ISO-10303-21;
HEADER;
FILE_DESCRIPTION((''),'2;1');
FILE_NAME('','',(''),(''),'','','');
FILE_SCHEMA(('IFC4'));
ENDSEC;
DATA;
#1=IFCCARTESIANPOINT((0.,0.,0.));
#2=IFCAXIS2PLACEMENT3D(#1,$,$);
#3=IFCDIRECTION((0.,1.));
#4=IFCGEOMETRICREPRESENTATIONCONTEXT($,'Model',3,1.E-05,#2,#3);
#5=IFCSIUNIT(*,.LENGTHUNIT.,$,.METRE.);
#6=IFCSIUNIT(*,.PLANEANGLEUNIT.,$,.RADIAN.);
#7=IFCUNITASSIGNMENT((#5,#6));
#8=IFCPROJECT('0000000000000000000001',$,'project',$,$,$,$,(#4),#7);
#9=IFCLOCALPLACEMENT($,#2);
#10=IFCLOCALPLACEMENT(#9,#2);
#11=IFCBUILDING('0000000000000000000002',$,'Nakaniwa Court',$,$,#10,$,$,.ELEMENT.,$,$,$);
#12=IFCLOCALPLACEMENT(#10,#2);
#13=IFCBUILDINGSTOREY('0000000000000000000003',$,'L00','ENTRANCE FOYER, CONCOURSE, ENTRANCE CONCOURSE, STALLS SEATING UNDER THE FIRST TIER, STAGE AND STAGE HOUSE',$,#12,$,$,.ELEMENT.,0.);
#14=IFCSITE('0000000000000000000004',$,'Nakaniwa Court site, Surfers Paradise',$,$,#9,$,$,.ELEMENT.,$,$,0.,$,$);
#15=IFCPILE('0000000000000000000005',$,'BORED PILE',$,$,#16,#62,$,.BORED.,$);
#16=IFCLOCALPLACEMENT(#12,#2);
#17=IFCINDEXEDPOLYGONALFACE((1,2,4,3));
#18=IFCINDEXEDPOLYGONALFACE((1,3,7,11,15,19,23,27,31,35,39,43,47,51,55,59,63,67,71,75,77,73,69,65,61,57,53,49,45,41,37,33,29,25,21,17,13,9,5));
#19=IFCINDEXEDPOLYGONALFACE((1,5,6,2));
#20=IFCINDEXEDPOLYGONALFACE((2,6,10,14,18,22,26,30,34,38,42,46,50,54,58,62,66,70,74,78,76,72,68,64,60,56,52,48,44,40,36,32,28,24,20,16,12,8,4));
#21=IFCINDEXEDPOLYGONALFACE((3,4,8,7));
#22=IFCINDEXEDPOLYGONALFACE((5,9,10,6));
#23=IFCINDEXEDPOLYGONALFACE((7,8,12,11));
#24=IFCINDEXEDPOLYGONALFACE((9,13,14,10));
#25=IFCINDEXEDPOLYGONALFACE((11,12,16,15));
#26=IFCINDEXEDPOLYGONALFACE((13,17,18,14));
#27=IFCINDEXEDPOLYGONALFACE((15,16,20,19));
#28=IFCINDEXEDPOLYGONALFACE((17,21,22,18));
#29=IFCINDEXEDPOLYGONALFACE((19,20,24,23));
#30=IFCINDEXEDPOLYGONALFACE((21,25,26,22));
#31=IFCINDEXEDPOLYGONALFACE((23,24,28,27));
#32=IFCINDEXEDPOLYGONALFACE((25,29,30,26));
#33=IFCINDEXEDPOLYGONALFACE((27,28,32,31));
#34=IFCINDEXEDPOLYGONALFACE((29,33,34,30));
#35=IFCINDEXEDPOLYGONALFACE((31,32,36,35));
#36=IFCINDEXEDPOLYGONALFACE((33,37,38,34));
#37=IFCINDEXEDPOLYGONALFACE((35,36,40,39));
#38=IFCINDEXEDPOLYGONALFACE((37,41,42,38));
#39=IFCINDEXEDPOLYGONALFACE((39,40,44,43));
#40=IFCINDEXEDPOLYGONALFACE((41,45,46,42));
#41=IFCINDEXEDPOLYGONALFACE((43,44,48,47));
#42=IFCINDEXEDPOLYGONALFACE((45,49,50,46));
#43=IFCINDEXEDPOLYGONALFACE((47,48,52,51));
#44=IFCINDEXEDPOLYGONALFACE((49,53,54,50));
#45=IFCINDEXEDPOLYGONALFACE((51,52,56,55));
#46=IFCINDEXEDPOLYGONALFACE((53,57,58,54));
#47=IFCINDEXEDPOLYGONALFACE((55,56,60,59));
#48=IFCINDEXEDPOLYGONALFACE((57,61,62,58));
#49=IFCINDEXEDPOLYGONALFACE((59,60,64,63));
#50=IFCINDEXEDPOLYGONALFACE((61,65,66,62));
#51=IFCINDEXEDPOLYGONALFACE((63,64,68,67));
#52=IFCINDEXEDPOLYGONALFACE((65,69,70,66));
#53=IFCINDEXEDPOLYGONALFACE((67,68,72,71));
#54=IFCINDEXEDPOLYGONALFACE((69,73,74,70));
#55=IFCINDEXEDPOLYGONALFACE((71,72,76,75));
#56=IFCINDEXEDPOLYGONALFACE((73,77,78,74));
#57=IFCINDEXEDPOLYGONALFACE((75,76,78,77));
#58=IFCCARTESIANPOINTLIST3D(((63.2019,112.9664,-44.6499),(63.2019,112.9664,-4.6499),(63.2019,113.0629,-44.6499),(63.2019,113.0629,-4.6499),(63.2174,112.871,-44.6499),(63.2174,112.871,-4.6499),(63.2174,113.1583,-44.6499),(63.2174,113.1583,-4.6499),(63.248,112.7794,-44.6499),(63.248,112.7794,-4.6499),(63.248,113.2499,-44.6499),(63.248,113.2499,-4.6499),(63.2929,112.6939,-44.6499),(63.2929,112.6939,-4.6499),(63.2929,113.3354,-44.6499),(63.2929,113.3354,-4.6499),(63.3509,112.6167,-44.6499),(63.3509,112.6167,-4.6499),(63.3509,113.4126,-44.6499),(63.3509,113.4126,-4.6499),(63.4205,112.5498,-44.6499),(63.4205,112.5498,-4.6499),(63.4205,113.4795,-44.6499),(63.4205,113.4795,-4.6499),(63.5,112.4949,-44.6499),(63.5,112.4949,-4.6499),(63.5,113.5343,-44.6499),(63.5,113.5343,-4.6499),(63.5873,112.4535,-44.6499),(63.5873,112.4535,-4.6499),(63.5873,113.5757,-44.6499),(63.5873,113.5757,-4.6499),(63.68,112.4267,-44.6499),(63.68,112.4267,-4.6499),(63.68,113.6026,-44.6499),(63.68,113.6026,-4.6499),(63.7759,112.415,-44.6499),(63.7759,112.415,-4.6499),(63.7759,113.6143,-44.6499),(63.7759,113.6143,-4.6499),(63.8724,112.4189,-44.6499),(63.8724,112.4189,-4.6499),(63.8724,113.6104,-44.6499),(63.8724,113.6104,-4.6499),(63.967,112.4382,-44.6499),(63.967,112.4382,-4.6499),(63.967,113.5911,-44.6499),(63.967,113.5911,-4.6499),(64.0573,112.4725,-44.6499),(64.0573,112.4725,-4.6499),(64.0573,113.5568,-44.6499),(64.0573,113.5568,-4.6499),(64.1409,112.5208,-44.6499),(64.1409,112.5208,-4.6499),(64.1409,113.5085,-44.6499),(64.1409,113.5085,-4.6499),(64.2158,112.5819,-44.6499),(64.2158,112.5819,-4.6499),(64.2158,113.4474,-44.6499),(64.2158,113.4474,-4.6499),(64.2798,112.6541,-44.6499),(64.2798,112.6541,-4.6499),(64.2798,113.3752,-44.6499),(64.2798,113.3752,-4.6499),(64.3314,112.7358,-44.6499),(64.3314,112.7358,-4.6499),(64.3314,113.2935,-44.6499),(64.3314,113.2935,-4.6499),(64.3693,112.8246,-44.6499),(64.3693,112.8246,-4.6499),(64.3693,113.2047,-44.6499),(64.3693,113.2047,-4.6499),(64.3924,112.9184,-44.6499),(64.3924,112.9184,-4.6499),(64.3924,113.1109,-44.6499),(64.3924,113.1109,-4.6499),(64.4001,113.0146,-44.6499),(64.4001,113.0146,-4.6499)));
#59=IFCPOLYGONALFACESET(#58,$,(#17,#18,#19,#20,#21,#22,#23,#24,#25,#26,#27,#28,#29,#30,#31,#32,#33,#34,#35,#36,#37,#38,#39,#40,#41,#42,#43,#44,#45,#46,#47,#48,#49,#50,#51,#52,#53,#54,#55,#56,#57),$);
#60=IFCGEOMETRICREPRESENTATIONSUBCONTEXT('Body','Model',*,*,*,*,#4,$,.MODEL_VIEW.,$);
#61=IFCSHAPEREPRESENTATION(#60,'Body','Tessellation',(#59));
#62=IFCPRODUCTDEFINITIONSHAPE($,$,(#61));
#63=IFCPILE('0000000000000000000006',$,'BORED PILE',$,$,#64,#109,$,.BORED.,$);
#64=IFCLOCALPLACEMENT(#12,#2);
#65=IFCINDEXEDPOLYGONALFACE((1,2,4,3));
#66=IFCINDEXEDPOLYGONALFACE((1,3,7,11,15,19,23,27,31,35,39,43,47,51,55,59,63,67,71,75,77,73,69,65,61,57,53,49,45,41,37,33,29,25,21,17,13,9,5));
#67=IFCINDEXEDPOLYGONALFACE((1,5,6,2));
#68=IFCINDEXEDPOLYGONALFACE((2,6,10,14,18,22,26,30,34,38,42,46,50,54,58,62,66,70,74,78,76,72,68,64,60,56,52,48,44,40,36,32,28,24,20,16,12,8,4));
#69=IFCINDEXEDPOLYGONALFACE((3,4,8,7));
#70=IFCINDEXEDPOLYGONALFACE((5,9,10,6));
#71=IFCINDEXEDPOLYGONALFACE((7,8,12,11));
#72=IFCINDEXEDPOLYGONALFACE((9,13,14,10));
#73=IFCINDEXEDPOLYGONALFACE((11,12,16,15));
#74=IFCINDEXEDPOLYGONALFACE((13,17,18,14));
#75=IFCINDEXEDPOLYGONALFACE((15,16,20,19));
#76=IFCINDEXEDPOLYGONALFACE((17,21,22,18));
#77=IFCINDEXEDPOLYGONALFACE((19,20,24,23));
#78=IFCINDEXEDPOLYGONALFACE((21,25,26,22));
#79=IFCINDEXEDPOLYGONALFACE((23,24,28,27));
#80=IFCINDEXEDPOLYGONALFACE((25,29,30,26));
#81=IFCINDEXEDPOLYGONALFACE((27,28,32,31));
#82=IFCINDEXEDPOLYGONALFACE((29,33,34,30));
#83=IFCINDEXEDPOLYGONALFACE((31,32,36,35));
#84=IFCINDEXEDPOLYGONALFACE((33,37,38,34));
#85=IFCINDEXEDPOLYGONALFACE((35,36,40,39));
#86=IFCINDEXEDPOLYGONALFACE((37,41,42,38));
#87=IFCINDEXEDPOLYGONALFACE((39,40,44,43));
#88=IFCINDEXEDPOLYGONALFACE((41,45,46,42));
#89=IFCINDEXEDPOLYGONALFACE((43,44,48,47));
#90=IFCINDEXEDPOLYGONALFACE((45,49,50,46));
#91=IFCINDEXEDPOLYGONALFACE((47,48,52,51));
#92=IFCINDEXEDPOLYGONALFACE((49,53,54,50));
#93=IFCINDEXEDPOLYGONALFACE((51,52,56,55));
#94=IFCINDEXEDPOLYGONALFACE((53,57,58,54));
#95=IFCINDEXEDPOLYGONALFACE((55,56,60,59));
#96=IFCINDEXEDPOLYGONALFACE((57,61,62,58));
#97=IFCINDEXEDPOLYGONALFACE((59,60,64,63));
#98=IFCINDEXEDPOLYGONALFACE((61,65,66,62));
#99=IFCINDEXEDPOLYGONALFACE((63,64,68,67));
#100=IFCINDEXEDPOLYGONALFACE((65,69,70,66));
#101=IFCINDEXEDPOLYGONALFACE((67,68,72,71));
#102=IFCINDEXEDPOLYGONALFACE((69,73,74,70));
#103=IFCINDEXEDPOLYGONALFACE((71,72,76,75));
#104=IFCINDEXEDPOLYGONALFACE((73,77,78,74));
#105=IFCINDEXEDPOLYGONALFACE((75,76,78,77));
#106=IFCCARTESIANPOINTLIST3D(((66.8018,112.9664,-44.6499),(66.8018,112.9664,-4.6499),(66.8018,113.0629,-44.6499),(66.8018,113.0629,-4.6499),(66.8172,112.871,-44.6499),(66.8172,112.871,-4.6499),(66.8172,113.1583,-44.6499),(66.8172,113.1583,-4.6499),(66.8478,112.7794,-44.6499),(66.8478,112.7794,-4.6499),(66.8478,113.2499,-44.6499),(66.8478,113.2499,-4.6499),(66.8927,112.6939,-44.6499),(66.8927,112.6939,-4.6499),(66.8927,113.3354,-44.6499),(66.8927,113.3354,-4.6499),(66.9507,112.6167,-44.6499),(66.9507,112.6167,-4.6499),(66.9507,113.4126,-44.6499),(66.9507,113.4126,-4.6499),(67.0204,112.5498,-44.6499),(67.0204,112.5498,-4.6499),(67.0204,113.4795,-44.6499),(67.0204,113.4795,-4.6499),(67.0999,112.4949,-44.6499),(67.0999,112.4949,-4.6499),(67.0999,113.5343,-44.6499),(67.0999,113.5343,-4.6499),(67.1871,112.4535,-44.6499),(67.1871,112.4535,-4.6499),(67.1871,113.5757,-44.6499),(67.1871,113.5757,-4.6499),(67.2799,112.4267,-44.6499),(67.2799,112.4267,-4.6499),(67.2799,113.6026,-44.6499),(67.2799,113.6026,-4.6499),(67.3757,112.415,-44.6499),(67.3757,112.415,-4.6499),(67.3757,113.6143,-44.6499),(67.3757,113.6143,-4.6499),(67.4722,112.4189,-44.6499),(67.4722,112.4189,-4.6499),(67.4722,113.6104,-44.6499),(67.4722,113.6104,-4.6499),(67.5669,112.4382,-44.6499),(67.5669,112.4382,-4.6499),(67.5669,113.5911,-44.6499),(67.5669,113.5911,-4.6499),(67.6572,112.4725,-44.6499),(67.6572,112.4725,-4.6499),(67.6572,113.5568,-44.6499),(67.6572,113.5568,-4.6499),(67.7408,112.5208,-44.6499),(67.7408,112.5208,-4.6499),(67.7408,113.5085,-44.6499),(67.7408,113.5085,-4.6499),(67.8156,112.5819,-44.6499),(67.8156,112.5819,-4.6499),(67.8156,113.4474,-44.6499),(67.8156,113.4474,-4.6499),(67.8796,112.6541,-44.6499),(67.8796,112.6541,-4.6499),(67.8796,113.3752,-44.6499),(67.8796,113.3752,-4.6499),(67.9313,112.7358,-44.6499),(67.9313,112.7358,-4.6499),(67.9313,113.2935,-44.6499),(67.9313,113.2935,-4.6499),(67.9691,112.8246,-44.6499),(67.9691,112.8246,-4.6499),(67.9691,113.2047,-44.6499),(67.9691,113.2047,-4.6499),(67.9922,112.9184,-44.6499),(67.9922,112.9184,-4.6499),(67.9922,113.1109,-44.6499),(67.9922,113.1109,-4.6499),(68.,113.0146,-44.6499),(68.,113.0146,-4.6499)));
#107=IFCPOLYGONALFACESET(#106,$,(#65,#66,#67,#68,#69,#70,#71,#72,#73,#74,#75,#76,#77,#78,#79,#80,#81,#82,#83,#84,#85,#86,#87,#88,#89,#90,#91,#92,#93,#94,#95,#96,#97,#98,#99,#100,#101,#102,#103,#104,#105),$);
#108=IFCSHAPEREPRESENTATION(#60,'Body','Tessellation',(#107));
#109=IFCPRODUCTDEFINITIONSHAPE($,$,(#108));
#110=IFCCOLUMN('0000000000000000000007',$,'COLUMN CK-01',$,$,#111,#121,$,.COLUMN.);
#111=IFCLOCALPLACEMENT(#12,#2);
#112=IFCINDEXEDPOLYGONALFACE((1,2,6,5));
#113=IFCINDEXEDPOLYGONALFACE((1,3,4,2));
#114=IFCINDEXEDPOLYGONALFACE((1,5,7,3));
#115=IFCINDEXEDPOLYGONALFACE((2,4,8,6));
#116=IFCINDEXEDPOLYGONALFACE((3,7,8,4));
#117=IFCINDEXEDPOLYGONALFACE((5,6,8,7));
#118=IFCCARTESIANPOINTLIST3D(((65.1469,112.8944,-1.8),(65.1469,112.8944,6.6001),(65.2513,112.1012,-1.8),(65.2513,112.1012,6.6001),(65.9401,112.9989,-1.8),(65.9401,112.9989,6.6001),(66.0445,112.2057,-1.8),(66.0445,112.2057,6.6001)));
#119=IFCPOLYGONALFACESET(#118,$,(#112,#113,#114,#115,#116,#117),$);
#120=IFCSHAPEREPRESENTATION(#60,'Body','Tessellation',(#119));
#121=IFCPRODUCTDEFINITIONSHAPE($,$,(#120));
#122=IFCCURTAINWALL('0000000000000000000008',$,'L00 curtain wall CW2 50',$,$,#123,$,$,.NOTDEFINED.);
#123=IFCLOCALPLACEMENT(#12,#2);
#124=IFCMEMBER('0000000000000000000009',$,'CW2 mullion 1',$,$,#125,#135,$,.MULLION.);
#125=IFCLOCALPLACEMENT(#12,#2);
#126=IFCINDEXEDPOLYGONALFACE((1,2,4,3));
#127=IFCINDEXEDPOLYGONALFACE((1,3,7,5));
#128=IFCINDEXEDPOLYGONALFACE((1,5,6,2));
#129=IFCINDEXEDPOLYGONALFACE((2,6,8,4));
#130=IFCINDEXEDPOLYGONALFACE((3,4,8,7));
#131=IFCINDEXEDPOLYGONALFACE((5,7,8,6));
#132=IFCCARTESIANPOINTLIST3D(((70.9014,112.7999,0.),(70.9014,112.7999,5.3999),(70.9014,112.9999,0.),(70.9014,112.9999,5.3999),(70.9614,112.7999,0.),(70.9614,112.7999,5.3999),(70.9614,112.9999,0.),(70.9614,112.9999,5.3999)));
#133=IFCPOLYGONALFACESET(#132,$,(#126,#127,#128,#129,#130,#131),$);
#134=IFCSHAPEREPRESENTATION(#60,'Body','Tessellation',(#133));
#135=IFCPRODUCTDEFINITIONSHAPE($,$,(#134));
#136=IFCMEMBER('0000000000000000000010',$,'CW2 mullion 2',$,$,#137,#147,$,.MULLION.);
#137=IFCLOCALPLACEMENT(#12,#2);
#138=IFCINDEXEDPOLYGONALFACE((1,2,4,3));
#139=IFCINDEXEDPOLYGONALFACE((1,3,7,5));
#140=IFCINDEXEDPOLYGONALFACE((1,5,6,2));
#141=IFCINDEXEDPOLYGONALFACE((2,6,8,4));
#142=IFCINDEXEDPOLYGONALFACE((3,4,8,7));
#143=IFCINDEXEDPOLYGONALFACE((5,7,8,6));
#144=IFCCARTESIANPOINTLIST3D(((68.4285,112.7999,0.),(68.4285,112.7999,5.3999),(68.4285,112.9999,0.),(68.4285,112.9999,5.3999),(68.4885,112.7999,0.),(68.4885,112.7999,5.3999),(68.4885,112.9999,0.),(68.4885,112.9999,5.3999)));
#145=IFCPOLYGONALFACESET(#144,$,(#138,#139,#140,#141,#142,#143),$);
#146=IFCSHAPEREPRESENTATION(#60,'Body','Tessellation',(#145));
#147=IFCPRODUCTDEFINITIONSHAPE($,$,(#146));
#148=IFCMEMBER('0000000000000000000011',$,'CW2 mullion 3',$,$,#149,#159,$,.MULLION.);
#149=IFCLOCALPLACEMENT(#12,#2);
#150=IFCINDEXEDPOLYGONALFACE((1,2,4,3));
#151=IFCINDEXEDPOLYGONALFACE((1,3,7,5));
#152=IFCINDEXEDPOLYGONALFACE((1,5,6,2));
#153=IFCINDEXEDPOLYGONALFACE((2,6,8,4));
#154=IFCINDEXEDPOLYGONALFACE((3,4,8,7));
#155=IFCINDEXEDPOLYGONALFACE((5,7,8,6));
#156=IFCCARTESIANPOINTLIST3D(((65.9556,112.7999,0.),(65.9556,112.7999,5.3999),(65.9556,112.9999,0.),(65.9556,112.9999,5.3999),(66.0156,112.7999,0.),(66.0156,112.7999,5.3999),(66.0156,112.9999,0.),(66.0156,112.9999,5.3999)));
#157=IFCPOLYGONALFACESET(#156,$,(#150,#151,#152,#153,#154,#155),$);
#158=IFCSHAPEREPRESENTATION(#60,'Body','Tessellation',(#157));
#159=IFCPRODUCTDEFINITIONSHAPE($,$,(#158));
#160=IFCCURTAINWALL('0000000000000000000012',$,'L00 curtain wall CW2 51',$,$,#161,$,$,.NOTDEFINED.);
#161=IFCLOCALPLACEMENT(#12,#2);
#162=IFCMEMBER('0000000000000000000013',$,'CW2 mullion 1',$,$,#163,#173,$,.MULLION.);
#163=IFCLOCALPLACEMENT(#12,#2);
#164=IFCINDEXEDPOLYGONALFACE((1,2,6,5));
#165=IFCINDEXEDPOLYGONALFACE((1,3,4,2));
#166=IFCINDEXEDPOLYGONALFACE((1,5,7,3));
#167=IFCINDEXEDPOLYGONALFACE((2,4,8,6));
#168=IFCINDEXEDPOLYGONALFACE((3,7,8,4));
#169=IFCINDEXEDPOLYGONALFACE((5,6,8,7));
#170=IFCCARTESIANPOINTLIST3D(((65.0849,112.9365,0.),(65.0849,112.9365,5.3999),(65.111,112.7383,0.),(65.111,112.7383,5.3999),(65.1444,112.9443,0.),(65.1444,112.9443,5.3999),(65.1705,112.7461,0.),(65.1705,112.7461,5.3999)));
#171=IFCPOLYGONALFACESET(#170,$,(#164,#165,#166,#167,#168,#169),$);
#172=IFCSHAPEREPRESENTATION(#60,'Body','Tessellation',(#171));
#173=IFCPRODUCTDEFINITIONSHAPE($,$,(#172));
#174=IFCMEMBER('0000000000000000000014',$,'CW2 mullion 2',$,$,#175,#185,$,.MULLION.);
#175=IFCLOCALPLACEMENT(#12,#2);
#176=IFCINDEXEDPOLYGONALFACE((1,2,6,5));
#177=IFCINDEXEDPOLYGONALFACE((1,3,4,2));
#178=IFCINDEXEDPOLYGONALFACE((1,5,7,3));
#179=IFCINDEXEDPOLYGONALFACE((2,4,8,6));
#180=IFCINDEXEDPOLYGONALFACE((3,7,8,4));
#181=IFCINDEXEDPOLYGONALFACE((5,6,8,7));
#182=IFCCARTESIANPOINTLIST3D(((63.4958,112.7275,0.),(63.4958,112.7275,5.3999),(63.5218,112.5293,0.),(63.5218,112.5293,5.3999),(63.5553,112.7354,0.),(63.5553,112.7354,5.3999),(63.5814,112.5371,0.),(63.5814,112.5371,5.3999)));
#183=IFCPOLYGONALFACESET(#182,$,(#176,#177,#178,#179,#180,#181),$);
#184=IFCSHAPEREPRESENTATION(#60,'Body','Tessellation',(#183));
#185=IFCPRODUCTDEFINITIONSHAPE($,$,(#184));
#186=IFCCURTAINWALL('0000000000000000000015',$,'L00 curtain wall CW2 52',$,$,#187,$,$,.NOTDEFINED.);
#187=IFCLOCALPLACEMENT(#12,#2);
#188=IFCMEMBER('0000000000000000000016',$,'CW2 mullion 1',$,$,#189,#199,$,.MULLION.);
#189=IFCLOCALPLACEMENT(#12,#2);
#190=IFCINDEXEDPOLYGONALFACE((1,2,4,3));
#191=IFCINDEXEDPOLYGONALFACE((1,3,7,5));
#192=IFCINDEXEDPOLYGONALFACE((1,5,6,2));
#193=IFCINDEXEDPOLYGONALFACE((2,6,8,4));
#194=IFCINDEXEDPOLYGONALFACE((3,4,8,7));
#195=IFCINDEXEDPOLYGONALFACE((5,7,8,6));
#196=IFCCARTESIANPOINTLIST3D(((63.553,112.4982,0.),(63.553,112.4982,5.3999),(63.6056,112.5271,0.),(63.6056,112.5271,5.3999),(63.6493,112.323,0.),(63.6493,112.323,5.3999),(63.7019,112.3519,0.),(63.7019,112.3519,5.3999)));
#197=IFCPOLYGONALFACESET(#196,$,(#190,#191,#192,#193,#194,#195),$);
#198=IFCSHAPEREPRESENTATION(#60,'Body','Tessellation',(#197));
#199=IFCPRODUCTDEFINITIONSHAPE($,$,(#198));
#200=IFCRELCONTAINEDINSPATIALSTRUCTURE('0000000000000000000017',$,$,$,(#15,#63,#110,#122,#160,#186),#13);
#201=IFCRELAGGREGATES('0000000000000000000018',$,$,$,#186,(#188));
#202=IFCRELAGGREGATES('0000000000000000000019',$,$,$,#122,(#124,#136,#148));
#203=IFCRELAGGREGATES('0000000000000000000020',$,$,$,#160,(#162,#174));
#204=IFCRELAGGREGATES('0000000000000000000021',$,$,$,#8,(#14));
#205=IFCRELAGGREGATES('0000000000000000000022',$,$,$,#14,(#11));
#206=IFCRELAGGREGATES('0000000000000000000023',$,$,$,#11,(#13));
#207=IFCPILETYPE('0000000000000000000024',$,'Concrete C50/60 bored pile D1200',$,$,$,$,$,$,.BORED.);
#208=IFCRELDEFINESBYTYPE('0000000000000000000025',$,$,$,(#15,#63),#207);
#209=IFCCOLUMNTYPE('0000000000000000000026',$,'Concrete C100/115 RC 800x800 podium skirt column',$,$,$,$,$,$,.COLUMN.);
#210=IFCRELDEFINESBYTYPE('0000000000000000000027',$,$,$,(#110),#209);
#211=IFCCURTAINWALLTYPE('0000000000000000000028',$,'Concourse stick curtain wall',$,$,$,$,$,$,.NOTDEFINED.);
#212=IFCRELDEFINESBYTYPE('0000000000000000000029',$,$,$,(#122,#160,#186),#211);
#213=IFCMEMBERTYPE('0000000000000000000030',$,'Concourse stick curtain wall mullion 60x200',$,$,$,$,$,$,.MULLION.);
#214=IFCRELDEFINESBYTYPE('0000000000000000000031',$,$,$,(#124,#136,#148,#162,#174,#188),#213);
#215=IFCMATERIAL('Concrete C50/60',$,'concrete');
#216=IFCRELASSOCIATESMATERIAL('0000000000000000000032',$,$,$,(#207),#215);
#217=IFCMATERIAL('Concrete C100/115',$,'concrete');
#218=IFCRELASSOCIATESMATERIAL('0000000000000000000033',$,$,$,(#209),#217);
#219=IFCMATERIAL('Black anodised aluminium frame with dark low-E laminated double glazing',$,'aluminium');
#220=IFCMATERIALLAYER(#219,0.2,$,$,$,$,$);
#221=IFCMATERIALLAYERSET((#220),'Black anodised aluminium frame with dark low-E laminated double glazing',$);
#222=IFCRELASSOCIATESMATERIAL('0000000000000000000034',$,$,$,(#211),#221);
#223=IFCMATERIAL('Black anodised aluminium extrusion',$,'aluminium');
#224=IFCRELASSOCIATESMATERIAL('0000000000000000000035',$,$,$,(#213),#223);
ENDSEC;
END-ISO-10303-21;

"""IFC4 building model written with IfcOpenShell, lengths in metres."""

from ifc_helpers import new_model, si_unit, direction, frame, origin, origin_2d, place, context, subcontext, project, spatial, rectangle, circle, extrude, material, layer, layer_set, material_profile, profile_set, type_object, element, aggregate, save


model = new_model("IFC4")

# Units and contexts
model_context = context("Model", 3, precision=1e-05, world=origin(), true_north=direction((0.0, 1.0)))
body_context = subcontext(model_context, "Body", "Model", "MODEL_VIEW")
ifc_project = project(units=[si_unit("LENGTHUNIT", "METRE"), si_unit("PLANEANGLEUNIT", "RADIAN")], contexts=[model_context])

# Site, building, storey
site_placement = place(None, origin())
site = spatial("IfcSite", under=ifc_project, at=site_placement, Name="Nakaniwa Court site, Surfers Paradise", CompositionType="ELEMENT", RefElevation=0.0)
building_placement = place(site_placement, origin())
building = spatial("IfcBuilding", under=site, at=building_placement, Name="Nakaniwa Court", CompositionType="ELEMENT")
storey_placement = place(building_placement, origin())
storey = spatial("IfcBuildingStorey", under=building, at=storey_placement, Name="L00", Description="ENTRANCE FOYER, CONCOURSE, ENTRANCE CONCOURSE, STALLS SEATING UNDER THE FIRST TIER, STAGE AND STAGE HOUSE", CompositionType="ELEMENT", Elevation=0.0)

# Piles
ifc_material_1 = material(Name="Concrete C50/60", Category="concrete")
ifc_material_profile_1 = material_profile(ifc_material_1, circle(Radius=0.6001, at=origin_2d()), Name="Concrete C50/60 bored pile D1200")
ifc_profile_set_1 = profile_set([ifc_material_profile_1], Name="Concrete C50/60")
pile_type = type_object("IfcPileType", Name="Concrete C50/60 bored pile D1200", PredefinedType="BORED", material=ifc_profile_set_1)
for number, where, z_axis, x_axis, name in (
    (1, (63.8, 113.0146, -4.6499), (0.0, 0.0, -1.0), (1.0, 0.0, 0.0), "BORED PILE"),
    (2, (67.3999, 113.0146, -4.6499), (0.0, 0.0, -1.0), (1.0, 0.0, 0.0), "BORED PILE"),
):
    element("IfcPile", number, at=place(storey_placement, frame(where, z_axis=z_axis, x_axis=x_axis)), inside=storey, type_object=pile_type, Name=name, PredefinedType="BORED", context=body_context, shape_type="SweptSolid", body=[
        extrude(circle(Radius=0.6001, at=origin_2d()), origin(), (0.0, 0.0, 1.0), 40.0),
    ])

# Column
ifc_material_2 = material(Name="Concrete C100/115", Category="concrete")
ifc_material_profile_2 = material_profile(ifc_material_2, rectangle(XDim=0.8, YDim=0.8, at=origin_2d()), Name="Concrete C100/115 RC 800x800 podium skirt column")
ifc_profile_set_2 = profile_set([ifc_material_profile_2], Name="Concrete C100/115")
column_type = type_object("IfcColumnType", Name="Concrete C100/115 RC 800x800 podium skirt column", PredefinedType="COLUMN", material=ifc_profile_set_2)
column_placement = place(storey_placement, frame((65.5957, 112.55, -1.8), z_axis=(0.0, 0.0, 1.0), x_axis=(-0.991445, -0.130526, 0.0)))
element("IfcColumn", 3, at=column_placement, inside=storey, type_object=column_type, Name="COLUMN CK-01", PredefinedType="COLUMN", context=body_context, shape_type="SweptSolid", body=[
    extrude(rectangle(XDim=0.8, YDim=0.8, at=origin_2d()), origin(), (0.0, 0.0, 1.0), 8.4001),
])

# Curtain walls, members
ifc_material_3 = material(Name="Black anodised aluminium frame with dark low-E laminated double glazing", Category="aluminium")
ifc_layer_1 = layer(ifc_material_3, 0.2)
ifc_layer_set_1 = layer_set([ifc_layer_1], Name="Black anodised aluminium frame with dark low-E laminated double glazing")
curtain_wall_type = type_object("IfcCurtainWallType", Name="Concourse stick curtain wall", PredefinedType="NOTDEFINED", material=ifc_layer_set_1)
curtain_wall_1_placement = place(storey_placement, origin())
curtain_wall_1 = element("IfcCurtainWall", 4, at=curtain_wall_1_placement, inside=storey, type_object=curtain_wall_type, Name="L00 curtain wall CW2 50", PredefinedType="NOTDEFINED")
ifc_material_4 = material(Name="Black anodised aluminium extrusion", Category="aluminium")
ifc_material_profile_3 = material_profile(ifc_material_4, rectangle(XDim=0.2, YDim=0.0601, at=origin_2d()), Name="Concourse stick curtain wall mullion 60x200")
ifc_profile_set_3 = profile_set([ifc_material_profile_3], Name="Black anodised aluminium extrusion")
member_type_1 = type_object("IfcMemberType", Name="Concourse stick curtain wall mullion 60x200", PredefinedType="MULLION", material=ifc_profile_set_3)
member_1_placement = place(storey_placement, frame((70.9314, 112.8999, 0.0), z_axis=(0.0, 0.0, 1.0), x_axis=(0.0, -1.0, 0.0)))
member_1 = element("IfcMember", 5, at=member_1_placement, type_object=member_type_1, Name="CW2 mullion 1", PredefinedType="MULLION", context=body_context, shape_type="SweptSolid", body=[
    extrude(rectangle(XDim=0.2, YDim=0.0601, at=origin_2d()), origin(), (0.0, 0.0, 1.0), 5.3999),
])
member_2_placement = place(storey_placement, frame((68.4585, 112.8999, 0.0), z_axis=(0.0, 0.0, 1.0), x_axis=(0.0, -1.0, 0.0)))
member_2 = element("IfcMember", 6, at=member_2_placement, type_object=member_type_1, Name="CW2 mullion 2", PredefinedType="MULLION", context=body_context, shape_type="SweptSolid", body=[
    extrude(rectangle(XDim=0.2, YDim=0.0601, at=origin_2d()), origin(), (0.0, 0.0, 1.0), 5.3999),
])
member_3_placement = place(storey_placement, frame((65.9856, 112.8999, 0.0), z_axis=(0.0, 0.0, 1.0), x_axis=(0.0, -1.0, 0.0)))
member_3 = element("IfcMember", 7, at=member_3_placement, type_object=member_type_1, Name="CW2 mullion 3", PredefinedType="MULLION", context=body_context, shape_type="SweptSolid", body=[
    extrude(rectangle(XDim=0.2, YDim=0.0601, at=origin_2d()), origin(), (0.0, 0.0, 1.0), 5.3999),
])
curtain_wall_2_placement = place(storey_placement, origin())
curtain_wall_2 = element("IfcCurtainWall", 8, at=curtain_wall_2_placement, inside=storey, type_object=curtain_wall_type, Name="L00 curtain wall CW2 51", PredefinedType="NOTDEFINED")
member_4_placement = place(storey_placement, frame((65.1277, 112.8413, 0.0), z_axis=(0.0, 0.0, 1.0), x_axis=(0.130493, -0.991449, 0.0)))
member_4 = element("IfcMember", 9, at=member_4_placement, type_object=member_type_1, Name="CW2 mullion 1", PredefinedType="MULLION", context=body_context, shape_type="SweptSolid", body=[
    extrude(rectangle(XDim=0.2, YDim=0.0601, at=origin_2d()), origin(), (0.0, 0.0, 1.0), 5.3999),
])
member_5_placement = place(storey_placement, frame((63.5386, 112.6323, 0.0), z_axis=(0.0, 0.0, 1.0), x_axis=(0.130493, -0.991449, 0.0)))
member_5 = element("IfcMember", 10, at=member_5_placement, type_object=member_type_1, Name="CW2 mullion 2", PredefinedType="MULLION", context=body_context, shape_type="SweptSolid", body=[
    extrude(rectangle(XDim=0.2, YDim=0.0601, at=origin_2d()), origin(), (0.0, 0.0, 1.0), 5.3999),
])

# Curtain wall, member
curtain_wall_3_placement = place(storey_placement, origin())
curtain_wall_3 = element("IfcCurtainWall", 11, at=curtain_wall_3_placement, inside=storey, type_object=curtain_wall_type, Name="L00 curtain wall CW2 52", PredefinedType="NOTDEFINED")
member_6_placement = place(storey_placement, frame((63.6274, 112.425, 0.0), z_axis=(0.0, 0.0, 1.0), x_axis=(0.481424, -0.876488, 0.0)))
member_6 = element("IfcMember", 12, at=member_6_placement, type_object=member_type_1, Name="CW2 mullion 1", PredefinedType="MULLION", context=body_context, shape_type="SweptSolid", body=[
    extrude(rectangle(XDim=0.2, YDim=0.0601, at=origin_2d()), origin(), (0.0, 0.0, 1.0), 5.3999),
])

aggregate(curtain_wall_3, [member_6])

aggregate(curtain_wall_1, [member_1, member_2, member_3])
aggregate(curtain_wall_2, [member_4, member_5])

save(model, "model.ifc")
